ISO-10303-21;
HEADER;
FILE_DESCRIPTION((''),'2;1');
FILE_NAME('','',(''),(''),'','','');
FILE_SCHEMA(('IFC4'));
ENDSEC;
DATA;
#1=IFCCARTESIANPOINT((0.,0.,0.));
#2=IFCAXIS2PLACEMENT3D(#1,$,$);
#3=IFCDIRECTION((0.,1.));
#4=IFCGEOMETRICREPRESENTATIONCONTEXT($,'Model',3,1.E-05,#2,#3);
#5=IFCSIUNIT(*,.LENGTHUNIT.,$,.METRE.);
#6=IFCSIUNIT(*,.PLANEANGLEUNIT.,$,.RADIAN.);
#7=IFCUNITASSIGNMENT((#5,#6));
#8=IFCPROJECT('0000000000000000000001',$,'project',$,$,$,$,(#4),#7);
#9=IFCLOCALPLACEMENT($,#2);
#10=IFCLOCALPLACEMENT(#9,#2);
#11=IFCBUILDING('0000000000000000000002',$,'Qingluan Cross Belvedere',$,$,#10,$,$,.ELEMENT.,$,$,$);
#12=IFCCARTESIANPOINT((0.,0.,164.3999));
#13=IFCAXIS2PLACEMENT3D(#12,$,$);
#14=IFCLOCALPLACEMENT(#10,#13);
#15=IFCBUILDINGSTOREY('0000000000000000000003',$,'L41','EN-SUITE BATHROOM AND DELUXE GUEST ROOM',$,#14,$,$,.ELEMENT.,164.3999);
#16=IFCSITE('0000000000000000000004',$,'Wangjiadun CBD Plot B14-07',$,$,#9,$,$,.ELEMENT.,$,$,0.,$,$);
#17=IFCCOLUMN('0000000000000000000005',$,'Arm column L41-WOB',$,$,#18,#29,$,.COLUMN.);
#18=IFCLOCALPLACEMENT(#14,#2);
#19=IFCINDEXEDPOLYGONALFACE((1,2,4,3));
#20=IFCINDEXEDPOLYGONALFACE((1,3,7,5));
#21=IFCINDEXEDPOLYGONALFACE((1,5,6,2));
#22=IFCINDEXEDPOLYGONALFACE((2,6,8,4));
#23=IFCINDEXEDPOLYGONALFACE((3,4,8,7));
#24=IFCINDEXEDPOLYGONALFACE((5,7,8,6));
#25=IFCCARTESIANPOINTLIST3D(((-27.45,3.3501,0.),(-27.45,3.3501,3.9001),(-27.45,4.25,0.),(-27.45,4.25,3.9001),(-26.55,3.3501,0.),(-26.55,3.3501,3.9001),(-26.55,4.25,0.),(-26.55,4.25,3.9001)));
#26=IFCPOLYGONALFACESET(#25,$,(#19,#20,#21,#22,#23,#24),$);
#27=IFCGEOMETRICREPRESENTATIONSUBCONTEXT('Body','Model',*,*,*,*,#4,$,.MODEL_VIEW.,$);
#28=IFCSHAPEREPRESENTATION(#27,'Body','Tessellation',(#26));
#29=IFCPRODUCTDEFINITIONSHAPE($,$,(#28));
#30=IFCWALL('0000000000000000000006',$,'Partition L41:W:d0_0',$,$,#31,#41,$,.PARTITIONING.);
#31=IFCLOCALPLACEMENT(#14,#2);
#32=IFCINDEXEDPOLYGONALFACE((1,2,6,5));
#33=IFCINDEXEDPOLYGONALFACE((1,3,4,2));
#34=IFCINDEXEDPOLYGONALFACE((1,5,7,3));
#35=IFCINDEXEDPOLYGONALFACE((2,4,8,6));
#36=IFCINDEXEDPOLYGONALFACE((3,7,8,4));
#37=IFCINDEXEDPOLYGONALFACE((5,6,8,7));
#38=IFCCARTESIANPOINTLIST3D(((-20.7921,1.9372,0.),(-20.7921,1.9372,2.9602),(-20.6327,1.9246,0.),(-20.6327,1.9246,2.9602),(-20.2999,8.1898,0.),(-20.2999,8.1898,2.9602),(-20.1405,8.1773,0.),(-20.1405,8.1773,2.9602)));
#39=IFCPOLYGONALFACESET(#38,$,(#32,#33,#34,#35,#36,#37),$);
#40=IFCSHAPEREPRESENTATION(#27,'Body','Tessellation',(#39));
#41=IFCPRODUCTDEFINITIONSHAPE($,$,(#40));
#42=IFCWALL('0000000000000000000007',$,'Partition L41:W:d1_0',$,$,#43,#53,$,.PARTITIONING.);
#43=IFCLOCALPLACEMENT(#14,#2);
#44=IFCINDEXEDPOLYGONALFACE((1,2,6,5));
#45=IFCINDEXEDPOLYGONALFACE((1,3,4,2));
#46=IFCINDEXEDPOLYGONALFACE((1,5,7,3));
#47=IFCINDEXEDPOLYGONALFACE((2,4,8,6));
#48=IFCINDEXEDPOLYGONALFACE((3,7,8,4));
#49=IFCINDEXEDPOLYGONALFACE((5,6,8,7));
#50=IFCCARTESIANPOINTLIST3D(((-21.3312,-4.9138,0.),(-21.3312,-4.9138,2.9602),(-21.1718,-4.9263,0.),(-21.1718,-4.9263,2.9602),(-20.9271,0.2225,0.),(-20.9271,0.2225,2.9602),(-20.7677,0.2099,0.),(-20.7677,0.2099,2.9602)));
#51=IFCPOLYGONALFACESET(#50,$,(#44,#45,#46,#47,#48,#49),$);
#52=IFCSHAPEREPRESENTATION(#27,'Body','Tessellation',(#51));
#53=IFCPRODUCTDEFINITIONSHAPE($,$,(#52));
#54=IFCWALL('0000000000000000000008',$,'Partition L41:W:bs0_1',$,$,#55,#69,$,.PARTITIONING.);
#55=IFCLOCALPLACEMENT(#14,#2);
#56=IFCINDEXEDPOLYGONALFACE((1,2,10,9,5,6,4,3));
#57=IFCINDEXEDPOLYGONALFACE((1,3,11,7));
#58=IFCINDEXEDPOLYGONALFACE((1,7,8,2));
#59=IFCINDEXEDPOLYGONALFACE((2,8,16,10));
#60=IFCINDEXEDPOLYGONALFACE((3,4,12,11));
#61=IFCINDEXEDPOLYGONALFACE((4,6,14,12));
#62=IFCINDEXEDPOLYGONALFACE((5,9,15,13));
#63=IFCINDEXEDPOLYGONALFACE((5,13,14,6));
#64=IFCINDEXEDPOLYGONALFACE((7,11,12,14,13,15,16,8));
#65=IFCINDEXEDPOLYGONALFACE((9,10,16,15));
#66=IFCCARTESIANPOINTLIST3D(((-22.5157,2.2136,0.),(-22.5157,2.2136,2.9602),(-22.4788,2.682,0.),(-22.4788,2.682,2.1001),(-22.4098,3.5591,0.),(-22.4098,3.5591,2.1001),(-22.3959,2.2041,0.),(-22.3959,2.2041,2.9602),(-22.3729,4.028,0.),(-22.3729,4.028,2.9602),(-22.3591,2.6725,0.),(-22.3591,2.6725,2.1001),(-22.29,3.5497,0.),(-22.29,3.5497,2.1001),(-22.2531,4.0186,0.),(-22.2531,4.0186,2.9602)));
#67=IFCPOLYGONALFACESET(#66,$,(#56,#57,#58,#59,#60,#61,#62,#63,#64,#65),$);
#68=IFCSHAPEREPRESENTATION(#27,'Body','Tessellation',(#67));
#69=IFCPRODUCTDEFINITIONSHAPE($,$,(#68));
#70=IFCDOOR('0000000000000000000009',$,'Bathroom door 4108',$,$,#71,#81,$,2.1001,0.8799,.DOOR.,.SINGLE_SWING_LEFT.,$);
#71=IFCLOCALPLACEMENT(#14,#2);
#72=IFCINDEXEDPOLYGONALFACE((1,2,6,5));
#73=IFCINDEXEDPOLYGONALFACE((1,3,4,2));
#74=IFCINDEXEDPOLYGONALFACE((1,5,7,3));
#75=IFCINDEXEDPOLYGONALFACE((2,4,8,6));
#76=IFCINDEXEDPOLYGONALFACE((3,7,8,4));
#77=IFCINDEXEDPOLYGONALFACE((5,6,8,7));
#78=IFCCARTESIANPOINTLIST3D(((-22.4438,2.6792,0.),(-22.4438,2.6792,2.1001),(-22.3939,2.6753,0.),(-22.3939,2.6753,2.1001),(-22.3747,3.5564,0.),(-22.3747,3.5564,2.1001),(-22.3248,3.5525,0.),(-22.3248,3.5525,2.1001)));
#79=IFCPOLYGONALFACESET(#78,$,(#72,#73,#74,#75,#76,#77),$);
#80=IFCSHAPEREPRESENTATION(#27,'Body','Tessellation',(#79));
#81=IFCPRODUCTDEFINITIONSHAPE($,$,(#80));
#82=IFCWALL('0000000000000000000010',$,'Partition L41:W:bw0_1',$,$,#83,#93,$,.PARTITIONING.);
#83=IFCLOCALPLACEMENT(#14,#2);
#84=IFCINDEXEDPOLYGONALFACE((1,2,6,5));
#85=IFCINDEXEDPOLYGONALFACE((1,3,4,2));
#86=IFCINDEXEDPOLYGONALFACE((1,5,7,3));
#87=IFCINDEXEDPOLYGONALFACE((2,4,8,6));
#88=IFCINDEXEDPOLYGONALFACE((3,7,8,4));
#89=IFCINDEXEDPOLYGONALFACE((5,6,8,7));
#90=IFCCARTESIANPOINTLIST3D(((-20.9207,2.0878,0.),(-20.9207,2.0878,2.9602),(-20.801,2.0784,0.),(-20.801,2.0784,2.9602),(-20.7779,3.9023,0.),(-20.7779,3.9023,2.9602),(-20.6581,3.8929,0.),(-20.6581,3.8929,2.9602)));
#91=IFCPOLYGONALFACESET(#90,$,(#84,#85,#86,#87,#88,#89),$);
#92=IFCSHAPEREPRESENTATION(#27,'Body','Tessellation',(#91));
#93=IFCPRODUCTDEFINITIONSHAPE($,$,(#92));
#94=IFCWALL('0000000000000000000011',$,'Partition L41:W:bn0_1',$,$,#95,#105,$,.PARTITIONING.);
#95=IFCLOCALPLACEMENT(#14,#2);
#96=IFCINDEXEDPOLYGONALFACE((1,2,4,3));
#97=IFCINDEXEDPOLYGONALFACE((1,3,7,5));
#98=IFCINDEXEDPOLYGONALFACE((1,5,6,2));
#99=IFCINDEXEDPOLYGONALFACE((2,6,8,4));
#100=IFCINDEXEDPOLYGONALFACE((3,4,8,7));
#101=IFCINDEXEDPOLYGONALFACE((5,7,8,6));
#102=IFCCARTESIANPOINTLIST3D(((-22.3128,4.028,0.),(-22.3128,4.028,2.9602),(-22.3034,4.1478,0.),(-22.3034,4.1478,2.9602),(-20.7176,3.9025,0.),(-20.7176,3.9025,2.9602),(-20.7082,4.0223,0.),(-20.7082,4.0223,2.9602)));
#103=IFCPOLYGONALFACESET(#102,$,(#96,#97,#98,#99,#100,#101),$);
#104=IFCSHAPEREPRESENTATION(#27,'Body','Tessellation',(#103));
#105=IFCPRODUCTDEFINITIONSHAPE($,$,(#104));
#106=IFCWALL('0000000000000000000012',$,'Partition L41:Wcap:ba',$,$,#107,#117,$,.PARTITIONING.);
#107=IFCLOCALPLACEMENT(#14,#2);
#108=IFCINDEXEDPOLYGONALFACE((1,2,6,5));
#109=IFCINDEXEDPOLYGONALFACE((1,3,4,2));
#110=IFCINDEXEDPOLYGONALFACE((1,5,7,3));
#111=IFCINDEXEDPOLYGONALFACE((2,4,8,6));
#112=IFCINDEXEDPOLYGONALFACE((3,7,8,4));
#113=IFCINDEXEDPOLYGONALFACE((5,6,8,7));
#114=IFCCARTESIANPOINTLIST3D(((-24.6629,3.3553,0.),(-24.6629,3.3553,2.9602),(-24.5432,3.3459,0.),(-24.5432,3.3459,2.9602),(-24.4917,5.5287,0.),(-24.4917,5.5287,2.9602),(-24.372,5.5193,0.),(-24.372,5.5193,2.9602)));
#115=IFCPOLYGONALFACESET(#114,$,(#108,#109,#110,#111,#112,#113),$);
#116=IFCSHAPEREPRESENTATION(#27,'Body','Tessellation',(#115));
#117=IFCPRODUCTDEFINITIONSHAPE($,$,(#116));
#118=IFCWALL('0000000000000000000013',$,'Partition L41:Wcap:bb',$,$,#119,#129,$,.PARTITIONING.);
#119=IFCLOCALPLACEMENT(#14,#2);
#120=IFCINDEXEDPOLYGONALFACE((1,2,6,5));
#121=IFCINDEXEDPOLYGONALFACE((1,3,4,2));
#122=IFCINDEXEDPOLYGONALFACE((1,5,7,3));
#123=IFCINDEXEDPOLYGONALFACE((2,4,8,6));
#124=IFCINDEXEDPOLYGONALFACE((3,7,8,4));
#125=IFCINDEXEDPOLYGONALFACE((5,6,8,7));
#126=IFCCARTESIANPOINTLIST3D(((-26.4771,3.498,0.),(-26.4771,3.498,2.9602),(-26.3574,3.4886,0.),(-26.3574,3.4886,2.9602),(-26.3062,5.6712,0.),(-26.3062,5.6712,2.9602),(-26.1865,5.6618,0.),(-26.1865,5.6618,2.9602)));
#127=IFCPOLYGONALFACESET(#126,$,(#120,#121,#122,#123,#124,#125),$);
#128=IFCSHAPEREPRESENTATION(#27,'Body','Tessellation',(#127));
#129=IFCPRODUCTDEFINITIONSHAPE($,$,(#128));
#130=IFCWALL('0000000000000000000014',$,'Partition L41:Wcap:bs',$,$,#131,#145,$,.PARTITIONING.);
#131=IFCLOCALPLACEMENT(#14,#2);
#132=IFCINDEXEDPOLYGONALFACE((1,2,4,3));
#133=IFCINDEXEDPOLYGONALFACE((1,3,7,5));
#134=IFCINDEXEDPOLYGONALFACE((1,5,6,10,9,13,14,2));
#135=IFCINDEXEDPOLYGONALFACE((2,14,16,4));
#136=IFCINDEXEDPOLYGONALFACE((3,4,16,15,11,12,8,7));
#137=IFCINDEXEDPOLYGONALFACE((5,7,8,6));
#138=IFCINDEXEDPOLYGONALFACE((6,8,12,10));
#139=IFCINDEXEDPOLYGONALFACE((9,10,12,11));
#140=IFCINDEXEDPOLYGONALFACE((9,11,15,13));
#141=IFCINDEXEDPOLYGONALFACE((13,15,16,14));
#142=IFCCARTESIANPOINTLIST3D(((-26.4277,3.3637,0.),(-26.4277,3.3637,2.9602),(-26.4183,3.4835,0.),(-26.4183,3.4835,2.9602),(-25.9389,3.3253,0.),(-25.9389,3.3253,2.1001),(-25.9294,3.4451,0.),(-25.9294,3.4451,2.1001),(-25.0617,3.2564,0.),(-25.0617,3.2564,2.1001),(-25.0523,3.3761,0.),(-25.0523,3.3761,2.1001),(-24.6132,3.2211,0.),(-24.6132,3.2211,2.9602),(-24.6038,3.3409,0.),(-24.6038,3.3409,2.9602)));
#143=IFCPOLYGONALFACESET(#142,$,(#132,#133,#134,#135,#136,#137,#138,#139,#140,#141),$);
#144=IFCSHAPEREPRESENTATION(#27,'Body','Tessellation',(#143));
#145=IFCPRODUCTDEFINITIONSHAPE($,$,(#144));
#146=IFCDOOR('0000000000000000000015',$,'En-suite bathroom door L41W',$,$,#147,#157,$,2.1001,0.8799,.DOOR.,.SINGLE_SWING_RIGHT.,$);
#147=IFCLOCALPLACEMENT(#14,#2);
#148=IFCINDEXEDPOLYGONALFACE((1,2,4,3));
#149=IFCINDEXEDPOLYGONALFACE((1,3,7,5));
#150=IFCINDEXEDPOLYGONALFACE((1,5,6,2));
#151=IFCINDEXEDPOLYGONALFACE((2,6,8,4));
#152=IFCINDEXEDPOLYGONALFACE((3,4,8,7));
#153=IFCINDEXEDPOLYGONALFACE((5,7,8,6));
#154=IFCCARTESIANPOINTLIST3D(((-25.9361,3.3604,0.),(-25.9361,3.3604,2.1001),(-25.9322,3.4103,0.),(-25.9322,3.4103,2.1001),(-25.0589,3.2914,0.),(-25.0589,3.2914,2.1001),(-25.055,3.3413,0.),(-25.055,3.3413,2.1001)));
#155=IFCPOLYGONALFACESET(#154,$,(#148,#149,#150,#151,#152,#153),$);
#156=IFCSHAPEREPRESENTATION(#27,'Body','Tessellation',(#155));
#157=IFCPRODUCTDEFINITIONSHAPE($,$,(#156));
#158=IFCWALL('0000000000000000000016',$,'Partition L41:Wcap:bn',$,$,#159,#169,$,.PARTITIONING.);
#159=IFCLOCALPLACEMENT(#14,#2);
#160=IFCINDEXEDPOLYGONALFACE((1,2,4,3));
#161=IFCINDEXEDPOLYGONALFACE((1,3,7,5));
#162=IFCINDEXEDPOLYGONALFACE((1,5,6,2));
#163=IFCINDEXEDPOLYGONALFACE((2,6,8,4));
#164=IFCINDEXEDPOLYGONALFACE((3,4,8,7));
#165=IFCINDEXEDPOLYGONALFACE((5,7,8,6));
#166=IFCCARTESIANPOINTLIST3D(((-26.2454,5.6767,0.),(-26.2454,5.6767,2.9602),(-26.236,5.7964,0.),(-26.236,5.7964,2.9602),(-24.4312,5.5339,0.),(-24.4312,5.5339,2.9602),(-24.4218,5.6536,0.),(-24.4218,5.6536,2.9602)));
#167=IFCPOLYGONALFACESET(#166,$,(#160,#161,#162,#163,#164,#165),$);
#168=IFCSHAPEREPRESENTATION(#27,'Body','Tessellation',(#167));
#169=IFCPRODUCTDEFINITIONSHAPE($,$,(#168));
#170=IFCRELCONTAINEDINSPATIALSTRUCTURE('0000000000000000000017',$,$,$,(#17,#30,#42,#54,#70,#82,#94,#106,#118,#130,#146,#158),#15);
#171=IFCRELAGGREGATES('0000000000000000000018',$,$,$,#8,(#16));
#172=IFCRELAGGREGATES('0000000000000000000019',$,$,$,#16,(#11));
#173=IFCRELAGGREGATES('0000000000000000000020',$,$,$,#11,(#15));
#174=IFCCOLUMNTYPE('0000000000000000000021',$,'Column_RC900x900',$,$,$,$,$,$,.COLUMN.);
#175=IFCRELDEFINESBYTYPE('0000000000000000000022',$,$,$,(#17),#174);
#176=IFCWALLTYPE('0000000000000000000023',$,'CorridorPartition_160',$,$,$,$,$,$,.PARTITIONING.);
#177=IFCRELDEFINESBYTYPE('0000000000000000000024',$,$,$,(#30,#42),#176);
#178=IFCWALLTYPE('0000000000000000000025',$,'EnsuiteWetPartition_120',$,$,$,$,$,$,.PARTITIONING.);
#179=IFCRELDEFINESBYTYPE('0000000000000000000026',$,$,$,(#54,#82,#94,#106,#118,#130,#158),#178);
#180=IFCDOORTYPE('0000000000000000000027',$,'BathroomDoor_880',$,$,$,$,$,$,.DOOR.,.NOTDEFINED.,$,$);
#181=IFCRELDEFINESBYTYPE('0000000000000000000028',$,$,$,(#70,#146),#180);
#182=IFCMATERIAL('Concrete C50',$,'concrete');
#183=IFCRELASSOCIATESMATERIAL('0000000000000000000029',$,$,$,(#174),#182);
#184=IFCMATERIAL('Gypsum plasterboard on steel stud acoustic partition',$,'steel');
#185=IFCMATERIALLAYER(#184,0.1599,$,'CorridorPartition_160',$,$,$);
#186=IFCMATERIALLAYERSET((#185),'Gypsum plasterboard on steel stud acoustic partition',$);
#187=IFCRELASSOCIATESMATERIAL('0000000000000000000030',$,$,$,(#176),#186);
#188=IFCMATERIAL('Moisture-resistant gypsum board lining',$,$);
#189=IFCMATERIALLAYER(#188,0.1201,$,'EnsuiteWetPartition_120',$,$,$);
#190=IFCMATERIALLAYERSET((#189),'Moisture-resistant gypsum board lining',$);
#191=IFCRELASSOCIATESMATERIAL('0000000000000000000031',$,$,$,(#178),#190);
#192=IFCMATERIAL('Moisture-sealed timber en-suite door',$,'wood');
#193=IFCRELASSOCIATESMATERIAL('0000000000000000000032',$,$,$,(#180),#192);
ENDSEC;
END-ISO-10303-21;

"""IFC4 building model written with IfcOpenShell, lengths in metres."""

from ifc_helpers import new_model, si_unit, direction, frame, frame_2d, origin, origin_2d, place, context, subcontext, project, spatial, rectangle, extrude, material, layer, layer_set, material_profile, profile_set, type_object, element, fill, save


model = new_model("IFC4")

# Units and contexts
model_context = context("Model", 3, precision=1e-05, world=origin(), true_north=direction((0.0, 1.0)))
body_context = subcontext(model_context, "Body", "Model", "MODEL_VIEW")
ifc_project = project(units=[si_unit("LENGTHUNIT", "METRE"), si_unit("PLANEANGLEUNIT", "RADIAN")], contexts=[model_context])

# Site, building, storey
site_placement = place(None, origin())
site = spatial("IfcSite", under=ifc_project, at=site_placement, Name="Wangjiadun CBD Plot B14-07", CompositionType="ELEMENT", RefElevation=0.0)
building_placement = place(site_placement, origin())
building = spatial("IfcBuilding", under=site, at=building_placement, Name="Qingluan Cross Belvedere", CompositionType="ELEMENT")
storey_placement = place(building_placement, frame((0.0, 0.0, 164.3999)))
storey = spatial("IfcBuildingStorey", under=building, at=storey_placement, Name="L41", Description="EN-SUITE BATHROOM AND DELUXE GUEST ROOM", CompositionType="ELEMENT", Elevation=164.3999)

# Column
ifc_material_1 = material(Name="Concrete C50", Category="concrete")
ifc_material_profile = material_profile(ifc_material_1, rectangle(XDim=0.8999, YDim=0.8999, at=origin_2d()), Name="RC900x900")
ifc_profile_set = profile_set([ifc_material_profile], Name="Concrete C50")
column_type = type_object("IfcColumnType", Name="Column_RC900x900", PredefinedType="COLUMN", material=ifc_profile_set)
column_placement = place(storey_placement, frame((-27.0, 3.8, 0.0), z_axis=(0.0, 0.0, 1.0), x_axis=(1.0, 0.0, 0.0)))
element("IfcColumn", 1, at=column_placement, inside=storey, type_object=column_type, Name="Arm column L41-WOB", PredefinedType="COLUMN", context=body_context, shape_type="SweptSolid", body=[
    extrude(rectangle(XDim=0.8999, YDim=0.8999, at=origin_2d()), origin(), (0.0, 0.0, 1.0), 3.9001),
])

# Walls
ifc_material_2 = material(Name="Gypsum plasterboard on steel stud acoustic partition", Category="steel")
ifc_layer_1 = layer(ifc_material_2, 0.1599, Name="CorridorPartition_160")
ifc_layer_set_1 = layer_set([ifc_layer_1], Name="Gypsum plasterboard on steel stud acoustic partition")
wall_type_1 = type_object("IfcWallType", Name="CorridorPartition_160", PredefinedType="PARTITIONING", material=ifc_layer_set_1)
wall_1_placement = place(storey_placement, frame((-20.7124, 1.9309, 0.0), z_axis=(0.0, 0.0, 1.0), x_axis=(0.078473, 0.996916, 0.0)))
element("IfcWall", 2, at=wall_1_placement, inside=storey, type_object=wall_type_1, Name="Partition L41:W:d0_0", PredefinedType="PARTITIONING", context=body_context, shape_type="SweptSolid", body=[
    extrude(rectangle(XDim=6.272, YDim=0.1599, at=frame_2d((3.136, 0.0))), origin(), (0.0, 0.0, 1.0), 2.9602),
])
wall_2_placement = place(storey_placement, frame((-20.8474, 0.2163, 0.0), z_axis=(0.0, 0.0, 1.0), x_axis=(-0.078425, -0.99692, 0.0)))
element("IfcWall", 3, at=wall_2_placement, inside=storey, type_object=wall_type_1, Name="Partition L41:W:d1_0", PredefinedType="PARTITIONING", context=body_context, shape_type="SweptSolid", body=[
    extrude(rectangle(XDim=5.1521, YDim=0.1599, at=frame_2d((2.5762, 0.0))), origin(), (0.0, 0.0, 1.0), 2.9602),
])

# Wall, opening, door
ifc_material_3 = material(Name="Moisture-resistant gypsum board lining")
ifc_layer_2 = layer(ifc_material_3, 0.1201, Name="EnsuiteWetPartition_120")
ifc_layer_set_2 = layer_set([ifc_layer_2], Name="Moisture-resistant gypsum board lining")
wall_type_2 = type_object("IfcWallType", Name="EnsuiteWetPartition_120", PredefinedType="PARTITIONING", material=ifc_layer_set_2)
wall_3_placement = place(storey_placement, frame((-22.4558, 2.2087, 0.0), z_axis=(0.0, 0.0, 1.0), x_axis=(0.078471, 0.996916, 0.0)))
wall_3 = element("IfcWall", 4, at=wall_3_placement, inside=storey, type_object=wall_type_2, Name="Partition L41:W:bs0_1", PredefinedType="PARTITIONING", context=body_context, shape_type="SweptSolid", body=[
    extrude(rectangle(XDim=1.8201, YDim=0.1201, at=frame_2d((0.9102, 0.0))), origin(), (0.0, 0.0, 1.0), 2.9602),
])
opening_1_placement = place(wall_3_placement, frame((0.47, 0.0, 0.0)))
opening_1 = element("IfcOpeningElement", 5, at=opening_1_placement, cuts=wall_3, PredefinedType="OPENING", context=body_context, shape_type="SweptSolid", body=[
    extrude(rectangle(XDim=0.8799, YDim=2.1001, at=frame_2d((0.4399, 1.05))), frame((0.0, 0.0701, 0.0), z_axis=(0.0, -1.0, 0.0), x_axis=(1.0, 0.0, 0.0)), (0.0, 0.0, 1.0), 0.1401),
])
ifc_material_4 = material(Name="Moisture-sealed timber en-suite door", Category="wood")
door_type = type_object("IfcDoorType", Name="BathroomDoor_880", OperationType="NOTDEFINED", PredefinedType="DOOR", material=ifc_material_4)
door_1_placement = place(opening_1_placement, origin())
door_1 = element("IfcDoor", 6, at=door_1_placement, inside=storey, type_object=door_type, Name="Bathroom door 4108", OperationType="SINGLE_SWING_LEFT", OverallHeight=2.1001, OverallWidth=0.8799, PredefinedType="DOOR", context=body_context, shape_type="SweptSolid", body=[
    extrude(rectangle(XDim=0.8799, YDim=2.1001, at=frame_2d((0.4399, 1.05))), frame((0.0, 0.0249, 0.0), z_axis=(0.0, -1.0, 0.0), x_axis=(1.0, 0.0, 0.0)), (0.0, 0.0, 1.0), 0.05),
])
fill(opening_1, door_1)

# Walls
wall_4_placement = place(storey_placement, frame((-20.8608, 2.083, 0.0), z_axis=(0.0, 0.0, 1.0), x_axis=(0.078471, 0.996916, 0.0)))
element("IfcWall", 7, at=wall_4_placement, inside=storey, type_object=wall_type_2, Name="Partition L41:W:bw0_1", PredefinedType="PARTITIONING", context=body_context, shape_type="SweptSolid", body=[
    extrude(rectangle(XDim=1.8201, YDim=0.1201, at=frame_2d((0.9102, 0.0))), origin(), (0.0, 0.0, 1.0), 2.9602),
])
wall_5_placement = place(storey_placement, frame((-20.7129, 3.9624, 0.0), z_axis=(0.0, 0.0, 1.0), x_axis=(-0.99692, 0.078423, 0.0)))
element("IfcWall", 8, at=wall_5_placement, inside=storey, type_object=wall_type_2, Name="Partition L41:W:bn0_1", PredefinedType="PARTITIONING", context=body_context, shape_type="SweptSolid", body=[
    extrude(rectangle(XDim=1.6001, YDim=0.1201, at=frame_2d((0.8, 0.0))), origin(), (0.0, 0.0, 1.0), 2.9602),
])
wall_6_placement = place(storey_placement, frame((-24.603, 3.3506, 0.0), z_axis=(0.0, 0.0, 1.0), x_axis=(0.078503, 0.996914, 0.0)))
element("IfcWall", 9, at=wall_6_placement, inside=storey, type_object=wall_type_2, Name="Partition L41:Wcap:ba", PredefinedType="PARTITIONING", context=body_context, shape_type="SweptSolid", body=[
    extrude(rectangle(XDim=2.1802, YDim=0.1201, at=frame_2d((1.0901, 0.0))), origin(), (0.0, 0.0, 1.0), 2.9602),
])
wall_7_placement = place(storey_placement, frame((-26.4172, 3.4934, 0.0), z_axis=(0.0, 0.0, 1.0), x_axis=(0.078392, 0.996923, 0.0)))
element("IfcWall", 10, at=wall_7_placement, inside=storey, type_object=wall_type_2, Name="Partition L41:Wcap:bb", PredefinedType="PARTITIONING", context=body_context, shape_type="SweptSolid", body=[
    extrude(rectangle(XDim=2.1799, YDim=0.1201, at=frame_2d((1.0898, 0.0))), origin(), (0.0, 0.0, 1.0), 2.9602),
])

# Wall, opening, door
wall_8_placement = place(storey_placement, frame((-24.6084, 3.281, 0.0), z_axis=(0.0, 0.0, 1.0), x_axis=(-0.996927, 0.078338, 0.0)))
wall_8 = element("IfcWall", 11, at=wall_8_placement, inside=storey, type_object=wall_type_2, Name="Partition L41:Wcap:bs", PredefinedType="PARTITIONING", context=body_context, shape_type="SweptSolid", body=[
    extrude(rectangle(XDim=1.8201, YDim=0.1201, at=frame_2d((0.9102, 0.0))), origin(), (0.0, 0.0, 1.0), 2.9602),
])
opening_2_placement = place(wall_8_placement, frame((0.45, 0.0, 0.0)))
opening_2 = element("IfcOpeningElement", 12, at=opening_2_placement, cuts=wall_8, PredefinedType="OPENING", context=body_context, shape_type="SweptSolid", body=[
    extrude(rectangle(XDim=0.8799, YDim=2.1001, at=frame_2d((0.4399, 1.05))), frame((0.0, 0.0701, 0.0), z_axis=(0.0, -1.0, 0.0), x_axis=(1.0, 0.0, 0.0)), (0.0, 0.0, 1.0), 0.1401),
])
door_2_placement = place(opening_2_placement, origin())
door_2 = element("IfcDoor", 13, at=door_2_placement, inside=storey, type_object=door_type, Name="En-suite bathroom door L41W", OperationType="SINGLE_SWING_RIGHT", OverallHeight=2.1001, OverallWidth=0.8799, PredefinedType="DOOR", context=body_context, shape_type="SweptSolid", body=[
    extrude(rectangle(XDim=0.8799, YDim=2.1001, at=frame_2d((0.4399, 1.05))), frame((0.0, 0.0249, 0.0), z_axis=(0.0, -1.0, 0.0), x_axis=(1.0, 0.0, 0.0)), (0.0, 0.0, 1.0), 0.05),
])
fill(opening_2, door_2)

# Wall
wall_9_placement = place(storey_placement, frame((-24.4265, 5.5938, 0.0), z_axis=(0.0, 0.0, 1.0), x_axis=(-0.996916, 0.078481, 0.0)))
element("IfcWall", 14, at=wall_9_placement, inside=storey, type_object=wall_type_2, Name="Partition L41:Wcap:bn", PredefinedType="PARTITIONING", context=body_context, shape_type="SweptSolid", body=[
    extrude(rectangle(XDim=1.8198, YDim=0.1201, at=frame_2d((0.9099, 0.0))), origin(), (0.0, 0.0, 1.0), 2.9602),
])

save(model, "model.ifc")
